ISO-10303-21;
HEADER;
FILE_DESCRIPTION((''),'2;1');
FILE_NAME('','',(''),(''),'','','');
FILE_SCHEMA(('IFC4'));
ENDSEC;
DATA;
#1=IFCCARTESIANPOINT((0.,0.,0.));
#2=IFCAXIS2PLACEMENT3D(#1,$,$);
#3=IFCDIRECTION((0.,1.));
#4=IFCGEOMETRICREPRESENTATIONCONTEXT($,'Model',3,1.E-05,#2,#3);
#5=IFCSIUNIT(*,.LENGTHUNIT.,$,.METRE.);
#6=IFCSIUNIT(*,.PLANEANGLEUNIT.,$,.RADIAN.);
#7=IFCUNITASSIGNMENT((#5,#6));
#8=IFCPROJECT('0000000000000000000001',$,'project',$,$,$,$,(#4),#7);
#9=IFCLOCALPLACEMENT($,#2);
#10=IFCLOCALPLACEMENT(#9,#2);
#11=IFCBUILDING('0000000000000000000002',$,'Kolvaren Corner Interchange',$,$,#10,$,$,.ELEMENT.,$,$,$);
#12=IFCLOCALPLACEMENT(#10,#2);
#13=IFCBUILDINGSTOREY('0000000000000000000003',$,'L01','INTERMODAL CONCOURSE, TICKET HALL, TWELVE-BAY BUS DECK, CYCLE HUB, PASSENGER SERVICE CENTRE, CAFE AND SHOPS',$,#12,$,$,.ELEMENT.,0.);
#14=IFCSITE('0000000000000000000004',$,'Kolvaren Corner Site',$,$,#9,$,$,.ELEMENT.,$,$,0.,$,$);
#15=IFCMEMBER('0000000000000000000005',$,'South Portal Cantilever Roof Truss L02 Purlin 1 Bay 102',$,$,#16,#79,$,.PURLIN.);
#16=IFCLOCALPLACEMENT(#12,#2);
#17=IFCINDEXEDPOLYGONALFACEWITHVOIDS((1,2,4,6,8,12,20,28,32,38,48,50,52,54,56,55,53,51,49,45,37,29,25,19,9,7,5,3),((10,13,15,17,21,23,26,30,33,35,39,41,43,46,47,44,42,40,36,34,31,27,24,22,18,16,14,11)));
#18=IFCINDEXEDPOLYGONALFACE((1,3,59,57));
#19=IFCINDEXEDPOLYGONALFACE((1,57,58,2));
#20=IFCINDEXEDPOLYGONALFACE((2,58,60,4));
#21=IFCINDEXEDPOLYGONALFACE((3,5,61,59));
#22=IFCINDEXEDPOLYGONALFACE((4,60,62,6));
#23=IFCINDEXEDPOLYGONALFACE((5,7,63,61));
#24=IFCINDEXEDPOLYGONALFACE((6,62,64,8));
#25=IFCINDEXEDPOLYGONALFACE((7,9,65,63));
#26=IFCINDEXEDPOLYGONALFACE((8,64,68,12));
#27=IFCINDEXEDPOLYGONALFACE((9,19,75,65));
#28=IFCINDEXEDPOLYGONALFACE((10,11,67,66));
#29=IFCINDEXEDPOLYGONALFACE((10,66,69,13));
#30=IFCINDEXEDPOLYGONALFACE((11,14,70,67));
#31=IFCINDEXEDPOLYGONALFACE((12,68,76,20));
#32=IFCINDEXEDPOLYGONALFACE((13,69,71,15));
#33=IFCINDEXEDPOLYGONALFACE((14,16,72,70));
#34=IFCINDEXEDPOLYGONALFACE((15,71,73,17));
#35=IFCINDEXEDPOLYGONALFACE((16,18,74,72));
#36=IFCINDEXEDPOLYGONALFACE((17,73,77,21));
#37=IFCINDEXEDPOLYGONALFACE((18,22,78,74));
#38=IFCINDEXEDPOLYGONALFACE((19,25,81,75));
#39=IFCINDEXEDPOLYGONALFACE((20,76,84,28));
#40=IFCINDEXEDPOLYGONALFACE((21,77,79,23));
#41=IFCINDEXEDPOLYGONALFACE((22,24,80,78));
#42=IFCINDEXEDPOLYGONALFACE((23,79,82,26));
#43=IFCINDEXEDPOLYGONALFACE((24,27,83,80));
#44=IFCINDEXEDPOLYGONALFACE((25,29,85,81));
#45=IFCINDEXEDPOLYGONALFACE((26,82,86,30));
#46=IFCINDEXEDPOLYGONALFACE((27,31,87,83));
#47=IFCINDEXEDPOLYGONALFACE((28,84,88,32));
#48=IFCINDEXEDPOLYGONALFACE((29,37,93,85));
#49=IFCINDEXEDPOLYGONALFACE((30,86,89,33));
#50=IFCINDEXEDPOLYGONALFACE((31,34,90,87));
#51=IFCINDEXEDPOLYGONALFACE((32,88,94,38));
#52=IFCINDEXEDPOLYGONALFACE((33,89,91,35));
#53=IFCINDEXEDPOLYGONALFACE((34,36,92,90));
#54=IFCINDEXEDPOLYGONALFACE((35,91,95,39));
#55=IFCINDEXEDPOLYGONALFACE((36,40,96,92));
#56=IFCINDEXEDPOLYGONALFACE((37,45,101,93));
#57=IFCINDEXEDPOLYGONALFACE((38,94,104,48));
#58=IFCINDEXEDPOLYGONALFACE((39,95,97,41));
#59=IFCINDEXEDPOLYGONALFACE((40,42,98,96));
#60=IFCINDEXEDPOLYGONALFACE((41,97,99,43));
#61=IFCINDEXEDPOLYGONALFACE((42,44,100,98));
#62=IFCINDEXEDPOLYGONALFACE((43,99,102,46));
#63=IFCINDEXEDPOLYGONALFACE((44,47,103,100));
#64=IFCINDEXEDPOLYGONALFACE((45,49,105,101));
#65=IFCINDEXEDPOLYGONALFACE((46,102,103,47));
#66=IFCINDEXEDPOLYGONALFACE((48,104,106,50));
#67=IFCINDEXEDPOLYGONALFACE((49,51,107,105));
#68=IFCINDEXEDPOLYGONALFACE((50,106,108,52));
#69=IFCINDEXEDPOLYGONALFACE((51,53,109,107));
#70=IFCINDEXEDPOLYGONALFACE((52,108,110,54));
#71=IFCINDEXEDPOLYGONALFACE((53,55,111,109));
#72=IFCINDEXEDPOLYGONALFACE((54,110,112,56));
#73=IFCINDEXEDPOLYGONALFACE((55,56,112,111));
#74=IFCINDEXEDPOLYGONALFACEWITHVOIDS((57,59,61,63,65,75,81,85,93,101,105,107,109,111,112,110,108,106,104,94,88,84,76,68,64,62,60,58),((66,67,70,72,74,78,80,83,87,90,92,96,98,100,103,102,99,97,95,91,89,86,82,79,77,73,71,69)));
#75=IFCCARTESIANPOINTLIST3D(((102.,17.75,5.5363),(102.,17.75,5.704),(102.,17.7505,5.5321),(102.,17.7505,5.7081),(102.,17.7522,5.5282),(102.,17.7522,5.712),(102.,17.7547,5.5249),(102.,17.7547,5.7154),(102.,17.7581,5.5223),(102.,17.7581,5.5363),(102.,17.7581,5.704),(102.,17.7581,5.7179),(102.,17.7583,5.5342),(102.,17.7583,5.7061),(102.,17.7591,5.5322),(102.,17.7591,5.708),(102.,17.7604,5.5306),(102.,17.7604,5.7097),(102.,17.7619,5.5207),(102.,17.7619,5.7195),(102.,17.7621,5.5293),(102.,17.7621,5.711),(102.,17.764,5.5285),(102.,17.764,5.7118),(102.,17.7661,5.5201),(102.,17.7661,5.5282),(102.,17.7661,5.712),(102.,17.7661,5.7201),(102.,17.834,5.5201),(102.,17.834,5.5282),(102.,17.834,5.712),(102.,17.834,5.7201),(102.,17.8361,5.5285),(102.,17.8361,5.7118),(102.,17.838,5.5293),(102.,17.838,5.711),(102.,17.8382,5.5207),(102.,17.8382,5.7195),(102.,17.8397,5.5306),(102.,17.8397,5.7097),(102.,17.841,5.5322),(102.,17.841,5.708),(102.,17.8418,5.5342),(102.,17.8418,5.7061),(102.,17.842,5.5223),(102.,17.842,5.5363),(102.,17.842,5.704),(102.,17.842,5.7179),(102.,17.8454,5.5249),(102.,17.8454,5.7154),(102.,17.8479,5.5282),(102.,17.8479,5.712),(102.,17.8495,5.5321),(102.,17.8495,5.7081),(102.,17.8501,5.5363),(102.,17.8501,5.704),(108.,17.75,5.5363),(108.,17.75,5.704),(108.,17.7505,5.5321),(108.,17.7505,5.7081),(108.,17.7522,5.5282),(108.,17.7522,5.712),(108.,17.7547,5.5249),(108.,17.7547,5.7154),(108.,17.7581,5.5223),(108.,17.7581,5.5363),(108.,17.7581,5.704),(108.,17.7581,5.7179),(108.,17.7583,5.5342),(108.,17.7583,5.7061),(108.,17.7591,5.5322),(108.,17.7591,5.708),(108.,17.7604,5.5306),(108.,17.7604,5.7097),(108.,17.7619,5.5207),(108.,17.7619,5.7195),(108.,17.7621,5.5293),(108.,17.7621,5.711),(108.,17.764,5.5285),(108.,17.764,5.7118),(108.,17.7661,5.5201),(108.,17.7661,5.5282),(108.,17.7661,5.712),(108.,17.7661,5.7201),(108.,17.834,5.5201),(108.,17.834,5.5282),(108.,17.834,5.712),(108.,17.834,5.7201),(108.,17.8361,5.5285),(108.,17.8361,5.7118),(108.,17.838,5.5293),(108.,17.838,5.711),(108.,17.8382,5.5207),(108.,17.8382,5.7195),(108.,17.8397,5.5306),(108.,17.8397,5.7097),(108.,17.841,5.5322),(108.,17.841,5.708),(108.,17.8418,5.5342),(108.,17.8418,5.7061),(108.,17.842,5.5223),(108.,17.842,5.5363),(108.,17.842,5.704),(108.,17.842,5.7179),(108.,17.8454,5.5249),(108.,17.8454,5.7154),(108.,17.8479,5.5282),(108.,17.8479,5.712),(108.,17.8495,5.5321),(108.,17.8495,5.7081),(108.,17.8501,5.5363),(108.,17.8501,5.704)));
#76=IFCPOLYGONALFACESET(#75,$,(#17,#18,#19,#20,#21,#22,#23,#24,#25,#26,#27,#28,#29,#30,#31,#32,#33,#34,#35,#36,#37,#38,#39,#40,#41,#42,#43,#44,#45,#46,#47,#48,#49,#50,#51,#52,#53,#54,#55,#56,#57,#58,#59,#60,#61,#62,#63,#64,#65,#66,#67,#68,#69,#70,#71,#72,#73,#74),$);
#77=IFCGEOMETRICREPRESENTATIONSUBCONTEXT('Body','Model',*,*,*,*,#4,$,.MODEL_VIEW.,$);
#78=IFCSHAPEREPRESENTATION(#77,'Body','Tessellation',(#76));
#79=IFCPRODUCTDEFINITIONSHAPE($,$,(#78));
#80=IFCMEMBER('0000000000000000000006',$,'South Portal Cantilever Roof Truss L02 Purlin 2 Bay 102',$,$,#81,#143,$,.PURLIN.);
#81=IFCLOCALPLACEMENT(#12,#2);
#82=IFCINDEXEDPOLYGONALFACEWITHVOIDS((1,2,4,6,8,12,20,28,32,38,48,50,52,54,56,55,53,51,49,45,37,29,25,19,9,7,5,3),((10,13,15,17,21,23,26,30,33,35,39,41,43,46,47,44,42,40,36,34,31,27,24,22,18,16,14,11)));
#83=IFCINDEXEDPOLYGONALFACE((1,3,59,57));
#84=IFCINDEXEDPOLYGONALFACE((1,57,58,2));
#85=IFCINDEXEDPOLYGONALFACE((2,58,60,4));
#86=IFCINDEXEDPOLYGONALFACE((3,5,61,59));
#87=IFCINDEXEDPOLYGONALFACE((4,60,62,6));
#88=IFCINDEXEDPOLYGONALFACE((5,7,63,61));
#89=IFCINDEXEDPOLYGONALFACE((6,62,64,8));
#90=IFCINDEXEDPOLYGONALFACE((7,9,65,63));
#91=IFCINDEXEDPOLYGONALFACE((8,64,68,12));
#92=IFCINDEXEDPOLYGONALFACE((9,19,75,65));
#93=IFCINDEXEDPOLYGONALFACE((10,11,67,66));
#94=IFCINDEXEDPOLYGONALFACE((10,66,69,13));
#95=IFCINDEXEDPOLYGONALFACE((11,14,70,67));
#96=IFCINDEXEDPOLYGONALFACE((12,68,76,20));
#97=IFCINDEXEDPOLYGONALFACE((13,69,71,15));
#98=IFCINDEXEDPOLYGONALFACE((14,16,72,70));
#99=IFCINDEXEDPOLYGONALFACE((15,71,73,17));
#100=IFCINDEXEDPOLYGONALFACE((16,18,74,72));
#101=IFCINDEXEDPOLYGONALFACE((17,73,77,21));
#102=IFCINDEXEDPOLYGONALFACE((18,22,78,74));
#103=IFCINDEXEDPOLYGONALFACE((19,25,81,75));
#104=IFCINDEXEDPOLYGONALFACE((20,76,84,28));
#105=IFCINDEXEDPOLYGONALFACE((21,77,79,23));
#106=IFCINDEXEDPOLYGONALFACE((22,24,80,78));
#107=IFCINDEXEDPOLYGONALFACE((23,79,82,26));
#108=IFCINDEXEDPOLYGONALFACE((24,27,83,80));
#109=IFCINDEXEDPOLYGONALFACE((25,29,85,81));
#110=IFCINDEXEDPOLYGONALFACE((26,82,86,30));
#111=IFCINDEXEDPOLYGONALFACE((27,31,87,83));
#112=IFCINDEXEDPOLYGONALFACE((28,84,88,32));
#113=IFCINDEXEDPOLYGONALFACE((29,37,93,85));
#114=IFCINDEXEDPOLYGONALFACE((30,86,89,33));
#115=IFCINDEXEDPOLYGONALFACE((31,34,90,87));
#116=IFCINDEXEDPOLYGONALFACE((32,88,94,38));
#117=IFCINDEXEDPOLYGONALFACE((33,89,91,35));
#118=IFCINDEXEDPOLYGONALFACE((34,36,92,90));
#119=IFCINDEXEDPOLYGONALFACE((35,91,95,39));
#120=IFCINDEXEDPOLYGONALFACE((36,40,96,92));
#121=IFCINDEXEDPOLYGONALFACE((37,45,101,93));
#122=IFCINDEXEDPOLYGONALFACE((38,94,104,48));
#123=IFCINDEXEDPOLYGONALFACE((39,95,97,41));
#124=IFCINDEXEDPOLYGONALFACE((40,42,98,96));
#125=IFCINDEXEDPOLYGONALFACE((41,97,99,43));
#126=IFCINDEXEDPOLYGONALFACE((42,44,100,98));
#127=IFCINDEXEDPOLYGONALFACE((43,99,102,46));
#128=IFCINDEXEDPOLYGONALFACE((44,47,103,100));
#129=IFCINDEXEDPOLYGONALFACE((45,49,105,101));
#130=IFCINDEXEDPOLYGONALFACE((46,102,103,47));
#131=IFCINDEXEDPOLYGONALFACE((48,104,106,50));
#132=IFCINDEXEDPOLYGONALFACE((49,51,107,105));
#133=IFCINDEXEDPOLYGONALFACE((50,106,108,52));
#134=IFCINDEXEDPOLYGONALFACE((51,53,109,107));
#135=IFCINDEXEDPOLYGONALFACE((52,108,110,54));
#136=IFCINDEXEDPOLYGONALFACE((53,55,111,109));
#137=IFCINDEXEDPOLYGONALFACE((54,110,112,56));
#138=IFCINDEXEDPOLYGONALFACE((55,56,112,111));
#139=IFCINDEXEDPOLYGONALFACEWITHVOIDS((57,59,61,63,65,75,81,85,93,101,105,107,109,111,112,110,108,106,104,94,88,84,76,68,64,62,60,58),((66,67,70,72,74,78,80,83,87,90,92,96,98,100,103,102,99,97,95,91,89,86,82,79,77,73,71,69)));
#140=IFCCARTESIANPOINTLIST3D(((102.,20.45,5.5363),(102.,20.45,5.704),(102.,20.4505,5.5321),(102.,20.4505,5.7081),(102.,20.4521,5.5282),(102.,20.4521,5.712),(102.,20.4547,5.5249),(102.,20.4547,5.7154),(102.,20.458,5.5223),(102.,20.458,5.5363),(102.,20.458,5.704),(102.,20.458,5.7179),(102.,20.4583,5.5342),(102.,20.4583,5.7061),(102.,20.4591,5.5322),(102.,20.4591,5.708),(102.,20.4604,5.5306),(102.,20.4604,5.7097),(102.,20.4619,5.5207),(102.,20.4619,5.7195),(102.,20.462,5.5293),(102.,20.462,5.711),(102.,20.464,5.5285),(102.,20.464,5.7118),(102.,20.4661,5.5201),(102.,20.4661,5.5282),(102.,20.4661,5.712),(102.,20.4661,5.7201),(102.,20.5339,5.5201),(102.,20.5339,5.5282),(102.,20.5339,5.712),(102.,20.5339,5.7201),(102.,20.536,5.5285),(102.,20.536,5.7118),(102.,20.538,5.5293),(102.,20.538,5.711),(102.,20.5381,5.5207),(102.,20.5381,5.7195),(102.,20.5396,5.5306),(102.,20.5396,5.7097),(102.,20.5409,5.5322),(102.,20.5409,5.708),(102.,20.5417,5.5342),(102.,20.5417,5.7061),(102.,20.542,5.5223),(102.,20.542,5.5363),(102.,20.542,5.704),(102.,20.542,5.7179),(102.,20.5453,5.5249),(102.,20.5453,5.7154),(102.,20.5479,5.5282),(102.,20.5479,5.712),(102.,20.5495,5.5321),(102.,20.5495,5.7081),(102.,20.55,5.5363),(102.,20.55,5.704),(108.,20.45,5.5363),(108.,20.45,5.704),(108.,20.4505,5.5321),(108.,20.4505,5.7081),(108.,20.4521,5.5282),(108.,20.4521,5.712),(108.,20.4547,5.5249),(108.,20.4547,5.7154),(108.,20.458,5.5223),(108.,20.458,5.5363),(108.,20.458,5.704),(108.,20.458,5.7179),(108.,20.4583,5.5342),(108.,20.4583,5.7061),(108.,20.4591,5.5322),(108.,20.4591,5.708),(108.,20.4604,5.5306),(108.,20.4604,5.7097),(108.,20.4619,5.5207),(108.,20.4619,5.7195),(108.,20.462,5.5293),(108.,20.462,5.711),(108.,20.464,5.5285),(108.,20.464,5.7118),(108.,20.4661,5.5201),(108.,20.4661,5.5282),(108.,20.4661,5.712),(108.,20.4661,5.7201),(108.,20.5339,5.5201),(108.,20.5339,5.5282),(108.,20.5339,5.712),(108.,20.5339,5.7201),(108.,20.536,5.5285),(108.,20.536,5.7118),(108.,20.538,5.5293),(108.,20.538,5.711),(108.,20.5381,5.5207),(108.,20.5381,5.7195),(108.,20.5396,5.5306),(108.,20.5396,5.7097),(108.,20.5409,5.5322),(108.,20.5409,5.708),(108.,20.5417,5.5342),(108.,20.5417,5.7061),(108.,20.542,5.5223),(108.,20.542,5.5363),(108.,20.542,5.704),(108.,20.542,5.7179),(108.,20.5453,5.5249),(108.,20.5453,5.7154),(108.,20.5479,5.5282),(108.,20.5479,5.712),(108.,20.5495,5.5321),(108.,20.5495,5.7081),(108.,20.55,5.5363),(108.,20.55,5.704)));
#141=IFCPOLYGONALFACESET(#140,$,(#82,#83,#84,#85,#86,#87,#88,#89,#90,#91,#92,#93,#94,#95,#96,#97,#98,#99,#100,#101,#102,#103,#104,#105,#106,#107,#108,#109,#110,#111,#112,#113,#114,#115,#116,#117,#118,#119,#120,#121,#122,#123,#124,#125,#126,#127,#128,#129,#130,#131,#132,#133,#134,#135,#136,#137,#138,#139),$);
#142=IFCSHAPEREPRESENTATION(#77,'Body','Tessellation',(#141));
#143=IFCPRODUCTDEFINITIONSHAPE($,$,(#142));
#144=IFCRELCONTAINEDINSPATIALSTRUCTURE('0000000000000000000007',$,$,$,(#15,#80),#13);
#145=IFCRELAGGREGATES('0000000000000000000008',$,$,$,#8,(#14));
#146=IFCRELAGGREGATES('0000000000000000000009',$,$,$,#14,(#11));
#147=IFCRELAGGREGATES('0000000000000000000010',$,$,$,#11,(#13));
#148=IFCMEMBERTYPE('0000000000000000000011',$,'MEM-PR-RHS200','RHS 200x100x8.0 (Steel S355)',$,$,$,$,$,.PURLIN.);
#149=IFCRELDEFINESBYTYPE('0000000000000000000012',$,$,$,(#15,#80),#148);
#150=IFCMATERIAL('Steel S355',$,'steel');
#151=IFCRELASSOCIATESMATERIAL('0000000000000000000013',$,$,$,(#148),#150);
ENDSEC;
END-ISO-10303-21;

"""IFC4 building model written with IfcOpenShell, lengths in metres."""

from ifc_helpers import new_model, si_unit, direction, frame, origin, origin_2d, place, context, subcontext, project, spatial, hollow_rectangle, extrude, material, material_profile, profile_set, type_object, element, save


model = new_model("IFC4")

# Units and contexts
model_context = context("Model", 3, precision=1e-05, world=origin(), true_north=direction((0.0, 1.0)))
body_context = subcontext(model_context, "Body", "Model", "MODEL_VIEW")
ifc_project = project(units=[si_unit("LENGTHUNIT", "METRE"), si_unit("PLANEANGLEUNIT", "RADIAN")], contexts=[model_context])

# Site, building, storey
site_placement = place(None, origin())
site = spatial("IfcSite", under=ifc_project, at=site_placement, Name="Kolvaren Corner Site", CompositionType="ELEMENT", RefElevation=0.0)
building_placement = place(site_placement, origin())
building = spatial("IfcBuilding", under=site, at=building_placement, Name="Kolvaren Corner Interchange", CompositionType="ELEMENT")
storey_placement = place(building_placement, origin())
storey = spatial("IfcBuildingStorey", under=building, at=storey_placement, Name="L01", Description="INTERMODAL CONCOURSE, TICKET HALL, TWELVE-BAY BUS DECK, CYCLE HUB, PASSENGER SERVICE CENTRE, CAFE AND SHOPS", CompositionType="ELEMENT", Elevation=0.0)

# Members
ifc_material_1 = material(Name="Steel S355", Category="steel")
ifc_material_profile_1 = material_profile(ifc_material_1, hollow_rectangle(XDim=0.1001, YDim=0.2, WallThickness=0.0081, InnerFilletRadius=0.0081, OuterFilletRadius=0.0161, at=origin_2d()), Name="RHS 200x100x8.0")
ifc_profile_set_1 = profile_set([ifc_material_profile_1], Name="Steel S355")
member_type_1 = type_object("IfcMemberType", Name="MEM-PR-RHS200", Description="RHS 200x100x8.0 (Steel S355)", PredefinedType="PURLIN", material=ifc_profile_set_1)
for number, where, z_axis, x_axis, name in (
    (1, (102.0, 17.8, 5.6201), (1.0, 0.0, 0.0), (0.0, 1.0, 0.0), "South Portal Cantilever Roof Truss L02 Purlin 1 Bay 102"),
    (2, (102.0, 20.5, 5.6201), (1.0, 0.0, 0.0), (0.0, 1.0, 0.0), "South Portal Cantilever Roof Truss L02 Purlin 2 Bay 102"),
):
    element("IfcMember", number, at=place(storey_placement, frame(where, z_axis=z_axis, x_axis=x_axis)), inside=storey, type_object=member_type_1, Name=name, PredefinedType="PURLIN", context=body_context, shape_type="SweptSolid", body=[
        extrude(hollow_rectangle(XDim=0.1001, YDim=0.2, WallThickness=0.0081, InnerFilletRadius=0.0081, OuterFilletRadius=0.0161, at=origin_2d()), origin(), (0.0, 0.0, 1.0), 6.0),
    ])

save(model, "model.ifc")
